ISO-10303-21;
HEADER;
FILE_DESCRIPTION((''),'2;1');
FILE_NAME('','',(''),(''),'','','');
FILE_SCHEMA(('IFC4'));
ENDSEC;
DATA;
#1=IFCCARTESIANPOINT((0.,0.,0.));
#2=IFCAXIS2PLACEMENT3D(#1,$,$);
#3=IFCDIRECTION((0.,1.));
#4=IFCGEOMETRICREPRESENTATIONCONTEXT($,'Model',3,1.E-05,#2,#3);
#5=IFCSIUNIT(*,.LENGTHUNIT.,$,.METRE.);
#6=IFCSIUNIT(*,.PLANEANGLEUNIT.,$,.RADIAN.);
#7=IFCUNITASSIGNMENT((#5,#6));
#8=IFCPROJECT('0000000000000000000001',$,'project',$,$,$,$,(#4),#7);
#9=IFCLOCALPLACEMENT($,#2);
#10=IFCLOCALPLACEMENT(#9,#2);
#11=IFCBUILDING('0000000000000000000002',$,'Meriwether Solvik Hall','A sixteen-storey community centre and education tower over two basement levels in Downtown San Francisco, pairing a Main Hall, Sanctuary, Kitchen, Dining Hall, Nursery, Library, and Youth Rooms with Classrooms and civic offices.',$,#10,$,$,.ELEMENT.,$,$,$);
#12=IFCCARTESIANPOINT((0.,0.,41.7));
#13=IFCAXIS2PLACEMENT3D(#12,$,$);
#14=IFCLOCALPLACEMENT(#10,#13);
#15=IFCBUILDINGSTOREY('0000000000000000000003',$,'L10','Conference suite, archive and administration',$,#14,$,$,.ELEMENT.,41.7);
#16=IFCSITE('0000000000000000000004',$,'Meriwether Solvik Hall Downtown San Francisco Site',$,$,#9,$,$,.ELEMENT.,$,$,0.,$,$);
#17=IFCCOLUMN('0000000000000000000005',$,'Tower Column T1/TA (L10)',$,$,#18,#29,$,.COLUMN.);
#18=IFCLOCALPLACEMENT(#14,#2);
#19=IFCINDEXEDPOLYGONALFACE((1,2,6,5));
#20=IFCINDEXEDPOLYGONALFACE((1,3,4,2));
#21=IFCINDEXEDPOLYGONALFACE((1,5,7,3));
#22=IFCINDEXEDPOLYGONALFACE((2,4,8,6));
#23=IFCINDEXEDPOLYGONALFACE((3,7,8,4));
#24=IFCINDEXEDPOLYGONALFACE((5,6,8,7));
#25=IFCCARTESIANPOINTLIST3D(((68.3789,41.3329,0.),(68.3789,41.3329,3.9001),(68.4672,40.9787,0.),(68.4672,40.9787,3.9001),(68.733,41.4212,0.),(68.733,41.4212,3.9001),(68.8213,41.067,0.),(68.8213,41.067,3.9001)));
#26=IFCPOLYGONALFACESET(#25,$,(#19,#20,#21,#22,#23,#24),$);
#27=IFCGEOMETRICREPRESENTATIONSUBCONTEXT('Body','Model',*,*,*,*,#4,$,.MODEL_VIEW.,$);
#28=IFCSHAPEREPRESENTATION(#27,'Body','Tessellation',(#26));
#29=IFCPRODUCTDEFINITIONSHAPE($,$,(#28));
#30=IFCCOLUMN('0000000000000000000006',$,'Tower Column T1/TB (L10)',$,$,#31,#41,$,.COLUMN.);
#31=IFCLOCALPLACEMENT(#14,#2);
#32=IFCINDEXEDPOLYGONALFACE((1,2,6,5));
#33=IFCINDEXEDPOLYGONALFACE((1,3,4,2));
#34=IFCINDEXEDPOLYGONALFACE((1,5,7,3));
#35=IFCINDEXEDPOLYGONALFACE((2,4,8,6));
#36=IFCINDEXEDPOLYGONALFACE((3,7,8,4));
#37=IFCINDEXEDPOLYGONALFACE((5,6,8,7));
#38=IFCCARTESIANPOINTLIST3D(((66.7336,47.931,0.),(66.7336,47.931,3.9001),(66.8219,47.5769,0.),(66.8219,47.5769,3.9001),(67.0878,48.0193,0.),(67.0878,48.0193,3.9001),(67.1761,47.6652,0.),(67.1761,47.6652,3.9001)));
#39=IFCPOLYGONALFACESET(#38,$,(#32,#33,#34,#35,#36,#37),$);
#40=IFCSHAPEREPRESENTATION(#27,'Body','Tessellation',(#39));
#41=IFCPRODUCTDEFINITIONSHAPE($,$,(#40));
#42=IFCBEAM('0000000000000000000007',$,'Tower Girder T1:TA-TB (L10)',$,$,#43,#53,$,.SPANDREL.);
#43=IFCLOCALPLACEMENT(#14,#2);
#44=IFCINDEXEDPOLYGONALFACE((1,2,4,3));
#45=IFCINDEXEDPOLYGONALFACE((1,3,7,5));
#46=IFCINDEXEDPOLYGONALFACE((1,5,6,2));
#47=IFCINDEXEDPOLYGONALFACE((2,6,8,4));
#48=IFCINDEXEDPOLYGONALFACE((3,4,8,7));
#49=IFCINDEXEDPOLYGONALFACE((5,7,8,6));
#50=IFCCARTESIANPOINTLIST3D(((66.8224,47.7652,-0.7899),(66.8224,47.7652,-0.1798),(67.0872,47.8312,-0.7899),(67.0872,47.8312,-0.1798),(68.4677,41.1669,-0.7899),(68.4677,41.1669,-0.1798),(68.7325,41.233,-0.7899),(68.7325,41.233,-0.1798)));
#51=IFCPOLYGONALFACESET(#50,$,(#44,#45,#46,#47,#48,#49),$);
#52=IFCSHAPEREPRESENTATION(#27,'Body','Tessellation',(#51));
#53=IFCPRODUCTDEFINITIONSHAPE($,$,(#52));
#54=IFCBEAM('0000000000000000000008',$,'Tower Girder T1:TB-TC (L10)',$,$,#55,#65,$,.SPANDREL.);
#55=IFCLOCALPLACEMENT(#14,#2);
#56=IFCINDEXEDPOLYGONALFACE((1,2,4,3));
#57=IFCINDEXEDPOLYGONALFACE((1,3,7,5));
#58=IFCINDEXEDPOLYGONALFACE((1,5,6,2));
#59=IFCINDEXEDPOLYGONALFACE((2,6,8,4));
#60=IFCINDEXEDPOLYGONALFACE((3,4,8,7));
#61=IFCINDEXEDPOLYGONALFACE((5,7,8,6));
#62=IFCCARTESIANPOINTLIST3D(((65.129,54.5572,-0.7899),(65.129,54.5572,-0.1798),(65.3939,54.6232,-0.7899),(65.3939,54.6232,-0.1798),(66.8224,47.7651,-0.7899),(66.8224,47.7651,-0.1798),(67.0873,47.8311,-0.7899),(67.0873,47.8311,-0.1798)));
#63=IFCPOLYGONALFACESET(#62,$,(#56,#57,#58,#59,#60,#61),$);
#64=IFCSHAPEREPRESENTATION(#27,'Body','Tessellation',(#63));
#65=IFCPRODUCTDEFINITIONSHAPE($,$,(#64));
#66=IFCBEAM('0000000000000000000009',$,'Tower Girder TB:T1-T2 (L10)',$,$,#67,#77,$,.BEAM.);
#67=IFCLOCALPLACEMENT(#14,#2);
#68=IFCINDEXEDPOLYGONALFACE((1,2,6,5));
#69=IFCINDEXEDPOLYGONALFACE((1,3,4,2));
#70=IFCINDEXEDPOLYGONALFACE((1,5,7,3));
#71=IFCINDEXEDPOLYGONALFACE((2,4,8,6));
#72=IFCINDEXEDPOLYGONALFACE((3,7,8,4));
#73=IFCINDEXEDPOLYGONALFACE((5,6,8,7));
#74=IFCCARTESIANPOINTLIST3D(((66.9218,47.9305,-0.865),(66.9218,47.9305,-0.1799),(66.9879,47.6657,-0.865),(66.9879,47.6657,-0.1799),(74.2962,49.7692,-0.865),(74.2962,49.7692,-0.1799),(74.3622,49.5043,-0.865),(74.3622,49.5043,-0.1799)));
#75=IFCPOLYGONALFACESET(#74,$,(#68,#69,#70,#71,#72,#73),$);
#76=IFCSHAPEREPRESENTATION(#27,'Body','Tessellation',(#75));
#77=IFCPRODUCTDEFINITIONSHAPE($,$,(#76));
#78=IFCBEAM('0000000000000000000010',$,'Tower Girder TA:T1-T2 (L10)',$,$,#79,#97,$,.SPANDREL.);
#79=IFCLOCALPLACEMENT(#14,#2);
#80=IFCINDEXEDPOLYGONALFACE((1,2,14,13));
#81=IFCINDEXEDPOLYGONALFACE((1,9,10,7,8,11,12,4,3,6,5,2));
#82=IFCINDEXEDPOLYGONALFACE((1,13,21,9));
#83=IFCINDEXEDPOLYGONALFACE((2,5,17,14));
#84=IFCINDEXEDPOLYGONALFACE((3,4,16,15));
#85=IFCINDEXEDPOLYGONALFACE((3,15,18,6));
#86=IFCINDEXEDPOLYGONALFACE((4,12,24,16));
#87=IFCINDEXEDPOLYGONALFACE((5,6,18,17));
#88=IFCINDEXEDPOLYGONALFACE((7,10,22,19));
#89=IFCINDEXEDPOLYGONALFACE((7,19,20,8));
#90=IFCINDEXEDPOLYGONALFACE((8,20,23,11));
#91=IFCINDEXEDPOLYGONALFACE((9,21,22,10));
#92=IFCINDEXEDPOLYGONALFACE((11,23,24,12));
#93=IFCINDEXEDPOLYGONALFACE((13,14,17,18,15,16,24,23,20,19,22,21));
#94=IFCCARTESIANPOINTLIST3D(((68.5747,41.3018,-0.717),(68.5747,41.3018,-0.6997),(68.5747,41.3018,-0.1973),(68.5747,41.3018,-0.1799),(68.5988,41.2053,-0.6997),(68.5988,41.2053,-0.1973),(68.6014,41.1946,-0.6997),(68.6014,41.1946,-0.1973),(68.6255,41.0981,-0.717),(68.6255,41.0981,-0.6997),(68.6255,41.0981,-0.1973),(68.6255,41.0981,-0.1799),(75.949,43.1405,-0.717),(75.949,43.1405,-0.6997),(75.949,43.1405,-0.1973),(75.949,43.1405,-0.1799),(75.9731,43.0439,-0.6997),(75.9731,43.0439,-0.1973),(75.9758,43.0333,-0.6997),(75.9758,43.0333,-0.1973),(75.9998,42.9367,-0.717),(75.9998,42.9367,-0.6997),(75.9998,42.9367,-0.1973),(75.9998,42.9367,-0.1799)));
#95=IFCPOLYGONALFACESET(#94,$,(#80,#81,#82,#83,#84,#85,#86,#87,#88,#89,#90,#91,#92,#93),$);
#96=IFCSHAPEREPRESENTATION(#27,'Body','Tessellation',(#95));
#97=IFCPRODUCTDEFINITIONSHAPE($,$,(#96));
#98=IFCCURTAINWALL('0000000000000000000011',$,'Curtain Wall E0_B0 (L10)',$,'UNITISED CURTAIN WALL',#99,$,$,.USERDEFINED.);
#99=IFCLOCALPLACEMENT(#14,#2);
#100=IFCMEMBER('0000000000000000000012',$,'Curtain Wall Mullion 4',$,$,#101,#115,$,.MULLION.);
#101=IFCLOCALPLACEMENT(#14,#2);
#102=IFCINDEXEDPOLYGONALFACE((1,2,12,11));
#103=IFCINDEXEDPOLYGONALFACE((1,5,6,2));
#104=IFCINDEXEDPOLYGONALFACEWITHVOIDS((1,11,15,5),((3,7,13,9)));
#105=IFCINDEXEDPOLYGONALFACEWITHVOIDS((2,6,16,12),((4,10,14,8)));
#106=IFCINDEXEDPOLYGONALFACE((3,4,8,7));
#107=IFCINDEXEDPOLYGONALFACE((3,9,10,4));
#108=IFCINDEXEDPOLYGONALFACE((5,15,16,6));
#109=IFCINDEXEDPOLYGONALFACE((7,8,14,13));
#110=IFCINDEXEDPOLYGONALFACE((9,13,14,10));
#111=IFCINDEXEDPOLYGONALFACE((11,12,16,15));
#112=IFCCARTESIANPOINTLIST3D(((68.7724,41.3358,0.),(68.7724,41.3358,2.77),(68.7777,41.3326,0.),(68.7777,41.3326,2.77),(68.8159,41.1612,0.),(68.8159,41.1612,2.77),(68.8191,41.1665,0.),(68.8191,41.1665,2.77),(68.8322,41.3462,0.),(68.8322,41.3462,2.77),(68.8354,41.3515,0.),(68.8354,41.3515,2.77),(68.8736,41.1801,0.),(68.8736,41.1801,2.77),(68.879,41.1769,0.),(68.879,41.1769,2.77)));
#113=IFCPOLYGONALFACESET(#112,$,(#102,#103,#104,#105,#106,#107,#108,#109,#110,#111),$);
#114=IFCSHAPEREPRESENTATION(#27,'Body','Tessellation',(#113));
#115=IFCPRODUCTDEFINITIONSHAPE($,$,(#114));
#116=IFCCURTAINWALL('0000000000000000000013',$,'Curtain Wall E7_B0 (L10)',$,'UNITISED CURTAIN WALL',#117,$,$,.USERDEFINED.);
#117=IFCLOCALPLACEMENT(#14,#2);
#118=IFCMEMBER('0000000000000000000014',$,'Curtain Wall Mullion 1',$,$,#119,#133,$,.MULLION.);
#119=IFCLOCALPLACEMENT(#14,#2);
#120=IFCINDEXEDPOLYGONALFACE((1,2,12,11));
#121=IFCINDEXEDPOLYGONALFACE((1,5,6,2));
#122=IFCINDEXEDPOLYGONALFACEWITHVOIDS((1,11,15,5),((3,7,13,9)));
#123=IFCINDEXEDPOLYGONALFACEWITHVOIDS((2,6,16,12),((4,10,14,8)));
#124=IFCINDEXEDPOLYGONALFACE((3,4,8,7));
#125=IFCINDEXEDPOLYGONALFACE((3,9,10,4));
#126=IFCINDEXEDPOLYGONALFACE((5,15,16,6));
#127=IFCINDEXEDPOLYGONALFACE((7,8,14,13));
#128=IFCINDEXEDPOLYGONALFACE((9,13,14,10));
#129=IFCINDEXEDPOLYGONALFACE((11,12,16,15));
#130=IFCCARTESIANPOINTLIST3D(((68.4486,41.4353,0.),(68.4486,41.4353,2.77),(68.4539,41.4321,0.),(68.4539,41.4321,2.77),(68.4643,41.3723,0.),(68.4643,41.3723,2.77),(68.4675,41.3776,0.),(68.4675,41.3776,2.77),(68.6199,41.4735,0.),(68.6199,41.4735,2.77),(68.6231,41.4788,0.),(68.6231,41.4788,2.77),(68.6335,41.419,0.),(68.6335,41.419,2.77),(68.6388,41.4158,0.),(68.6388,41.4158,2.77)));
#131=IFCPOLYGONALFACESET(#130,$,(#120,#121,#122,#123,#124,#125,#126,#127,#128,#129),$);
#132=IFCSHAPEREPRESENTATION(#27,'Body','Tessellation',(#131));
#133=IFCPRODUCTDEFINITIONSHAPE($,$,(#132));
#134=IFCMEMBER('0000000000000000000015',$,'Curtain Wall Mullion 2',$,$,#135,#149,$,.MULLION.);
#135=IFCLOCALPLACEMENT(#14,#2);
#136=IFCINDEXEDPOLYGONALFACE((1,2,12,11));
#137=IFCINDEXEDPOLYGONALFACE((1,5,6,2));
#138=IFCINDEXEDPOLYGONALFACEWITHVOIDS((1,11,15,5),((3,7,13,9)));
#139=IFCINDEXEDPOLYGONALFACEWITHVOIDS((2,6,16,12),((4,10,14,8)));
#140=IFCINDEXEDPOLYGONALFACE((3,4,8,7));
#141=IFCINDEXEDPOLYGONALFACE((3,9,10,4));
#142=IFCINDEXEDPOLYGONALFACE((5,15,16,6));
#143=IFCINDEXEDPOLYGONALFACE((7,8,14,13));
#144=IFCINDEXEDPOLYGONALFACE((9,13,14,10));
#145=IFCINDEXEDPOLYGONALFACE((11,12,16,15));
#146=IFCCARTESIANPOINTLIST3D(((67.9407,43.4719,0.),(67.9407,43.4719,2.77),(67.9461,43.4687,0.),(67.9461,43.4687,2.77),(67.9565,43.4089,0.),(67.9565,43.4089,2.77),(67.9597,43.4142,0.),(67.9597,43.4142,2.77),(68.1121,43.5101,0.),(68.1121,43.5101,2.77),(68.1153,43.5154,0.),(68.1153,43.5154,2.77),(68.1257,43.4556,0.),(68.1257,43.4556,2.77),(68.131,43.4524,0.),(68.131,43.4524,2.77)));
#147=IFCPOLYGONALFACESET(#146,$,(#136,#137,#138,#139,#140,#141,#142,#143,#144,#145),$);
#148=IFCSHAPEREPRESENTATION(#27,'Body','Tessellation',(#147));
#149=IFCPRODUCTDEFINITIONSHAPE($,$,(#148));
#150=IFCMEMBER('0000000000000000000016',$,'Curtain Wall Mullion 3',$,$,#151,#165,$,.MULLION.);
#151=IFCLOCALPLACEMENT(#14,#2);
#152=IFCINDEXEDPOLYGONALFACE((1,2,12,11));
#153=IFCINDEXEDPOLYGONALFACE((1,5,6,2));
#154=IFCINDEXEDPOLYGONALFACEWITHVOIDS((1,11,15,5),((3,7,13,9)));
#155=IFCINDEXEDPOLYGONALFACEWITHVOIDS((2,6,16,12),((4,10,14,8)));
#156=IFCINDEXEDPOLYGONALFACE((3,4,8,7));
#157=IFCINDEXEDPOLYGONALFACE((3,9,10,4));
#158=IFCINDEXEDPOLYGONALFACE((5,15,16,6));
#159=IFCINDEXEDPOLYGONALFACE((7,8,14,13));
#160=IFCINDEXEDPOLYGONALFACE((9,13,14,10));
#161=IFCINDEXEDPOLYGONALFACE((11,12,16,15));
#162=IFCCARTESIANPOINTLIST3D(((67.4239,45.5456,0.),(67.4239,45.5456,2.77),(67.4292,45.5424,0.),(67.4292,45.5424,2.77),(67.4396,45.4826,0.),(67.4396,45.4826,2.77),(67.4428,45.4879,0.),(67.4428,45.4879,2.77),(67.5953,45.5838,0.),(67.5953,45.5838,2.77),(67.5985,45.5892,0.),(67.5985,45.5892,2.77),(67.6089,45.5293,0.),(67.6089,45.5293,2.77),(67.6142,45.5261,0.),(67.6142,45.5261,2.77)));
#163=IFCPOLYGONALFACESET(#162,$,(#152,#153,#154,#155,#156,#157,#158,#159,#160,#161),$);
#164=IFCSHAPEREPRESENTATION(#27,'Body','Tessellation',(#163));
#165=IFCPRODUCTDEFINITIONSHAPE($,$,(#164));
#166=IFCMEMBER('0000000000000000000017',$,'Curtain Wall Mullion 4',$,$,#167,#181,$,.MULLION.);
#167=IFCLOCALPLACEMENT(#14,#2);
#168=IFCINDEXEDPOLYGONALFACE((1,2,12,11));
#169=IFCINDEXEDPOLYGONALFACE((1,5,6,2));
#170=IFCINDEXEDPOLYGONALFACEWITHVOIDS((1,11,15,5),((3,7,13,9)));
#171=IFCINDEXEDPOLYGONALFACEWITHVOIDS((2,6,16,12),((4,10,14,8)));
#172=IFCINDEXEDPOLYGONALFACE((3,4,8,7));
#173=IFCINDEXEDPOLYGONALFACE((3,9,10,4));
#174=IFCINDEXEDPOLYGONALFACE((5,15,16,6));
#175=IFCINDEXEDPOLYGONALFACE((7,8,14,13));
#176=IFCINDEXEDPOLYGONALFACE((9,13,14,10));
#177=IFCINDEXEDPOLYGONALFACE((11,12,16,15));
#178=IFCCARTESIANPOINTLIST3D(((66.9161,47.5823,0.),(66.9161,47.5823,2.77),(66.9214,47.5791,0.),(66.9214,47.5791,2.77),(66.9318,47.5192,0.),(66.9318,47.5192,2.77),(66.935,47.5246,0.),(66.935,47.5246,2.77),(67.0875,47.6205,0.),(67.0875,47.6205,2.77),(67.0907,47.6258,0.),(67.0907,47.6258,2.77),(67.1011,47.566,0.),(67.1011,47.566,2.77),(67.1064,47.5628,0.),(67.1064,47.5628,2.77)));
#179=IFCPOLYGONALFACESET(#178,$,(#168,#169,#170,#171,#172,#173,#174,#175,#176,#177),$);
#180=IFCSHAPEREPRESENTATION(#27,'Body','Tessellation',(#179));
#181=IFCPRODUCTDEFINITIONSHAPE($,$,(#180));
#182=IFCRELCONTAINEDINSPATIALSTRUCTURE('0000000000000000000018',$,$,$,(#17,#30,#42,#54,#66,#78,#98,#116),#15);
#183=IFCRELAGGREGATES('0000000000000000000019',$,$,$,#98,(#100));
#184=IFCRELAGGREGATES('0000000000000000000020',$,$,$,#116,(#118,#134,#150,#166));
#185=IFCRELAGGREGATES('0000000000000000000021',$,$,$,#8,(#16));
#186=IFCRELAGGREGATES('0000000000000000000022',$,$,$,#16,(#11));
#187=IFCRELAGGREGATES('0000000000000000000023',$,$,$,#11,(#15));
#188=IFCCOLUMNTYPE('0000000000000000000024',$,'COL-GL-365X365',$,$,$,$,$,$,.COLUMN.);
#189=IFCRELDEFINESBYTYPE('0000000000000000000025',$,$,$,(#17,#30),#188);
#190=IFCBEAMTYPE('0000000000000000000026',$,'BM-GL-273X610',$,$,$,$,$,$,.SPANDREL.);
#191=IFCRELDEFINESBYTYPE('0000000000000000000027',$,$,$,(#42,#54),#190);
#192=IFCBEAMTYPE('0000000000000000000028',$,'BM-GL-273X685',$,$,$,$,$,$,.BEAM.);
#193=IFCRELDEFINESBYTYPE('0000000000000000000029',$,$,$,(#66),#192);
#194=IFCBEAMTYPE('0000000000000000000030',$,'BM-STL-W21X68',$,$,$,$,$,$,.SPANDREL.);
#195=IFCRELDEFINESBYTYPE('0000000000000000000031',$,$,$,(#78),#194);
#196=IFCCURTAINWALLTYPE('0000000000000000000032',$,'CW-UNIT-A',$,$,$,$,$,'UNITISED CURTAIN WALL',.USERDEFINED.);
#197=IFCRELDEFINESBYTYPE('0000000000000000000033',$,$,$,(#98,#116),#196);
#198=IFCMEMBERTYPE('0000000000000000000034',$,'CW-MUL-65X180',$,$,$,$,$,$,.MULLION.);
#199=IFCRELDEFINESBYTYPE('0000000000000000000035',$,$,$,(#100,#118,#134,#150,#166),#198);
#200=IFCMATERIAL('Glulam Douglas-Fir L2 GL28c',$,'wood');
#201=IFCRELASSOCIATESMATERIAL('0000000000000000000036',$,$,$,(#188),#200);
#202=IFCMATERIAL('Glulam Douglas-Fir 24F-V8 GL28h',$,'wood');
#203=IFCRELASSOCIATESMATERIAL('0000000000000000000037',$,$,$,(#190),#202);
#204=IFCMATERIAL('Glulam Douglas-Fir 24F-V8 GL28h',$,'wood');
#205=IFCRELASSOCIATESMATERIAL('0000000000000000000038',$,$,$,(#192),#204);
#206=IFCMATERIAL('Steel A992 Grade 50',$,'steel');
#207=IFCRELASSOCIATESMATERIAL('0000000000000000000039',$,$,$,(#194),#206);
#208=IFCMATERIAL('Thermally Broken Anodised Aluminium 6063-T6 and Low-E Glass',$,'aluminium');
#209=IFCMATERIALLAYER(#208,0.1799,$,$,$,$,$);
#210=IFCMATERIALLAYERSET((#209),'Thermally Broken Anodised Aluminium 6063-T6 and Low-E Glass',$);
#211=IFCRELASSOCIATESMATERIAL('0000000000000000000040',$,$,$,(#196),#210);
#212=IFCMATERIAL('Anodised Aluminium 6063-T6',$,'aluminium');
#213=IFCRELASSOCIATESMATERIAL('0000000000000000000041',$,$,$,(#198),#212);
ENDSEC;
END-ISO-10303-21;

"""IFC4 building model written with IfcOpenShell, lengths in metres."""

from ifc_helpers import new_model, si_unit, direction, frame, origin, origin_2d, place, context, subcontext, project, spatial, rectangle, hollow_rectangle, i_section, extrude, material, layer, layer_set, material_profile, profile_set, type_object, element, aggregate, save


model = new_model("IFC4")

# Units and contexts
model_context = context("Model", 3, precision=1e-05, world=origin(), true_north=direction((0.0, 1.0)))
body_context = subcontext(model_context, "Body", "Model", "MODEL_VIEW")
ifc_project = project(units=[si_unit("LENGTHUNIT", "METRE"), si_unit("PLANEANGLEUNIT", "RADIAN")], contexts=[model_context])

# Site, building, storey
site_placement = place(None, origin())
site = spatial("IfcSite", under=ifc_project, at=site_placement, Name="Meriwether Solvik Hall Downtown San Francisco Site", CompositionType="ELEMENT", RefElevation=0.0)
building_placement = place(site_placement, origin())
building = spatial("IfcBuilding", under=site, at=building_placement, Name="Meriwether Solvik Hall", Description="A sixteen-storey community centre and education tower over two basement levels in Downtown San Francisco, pairing a Main Hall, Sanctuary, Kitchen, Dining Hall, Nursery, Library, and Youth Rooms with Classrooms and civic offices.", CompositionType="ELEMENT")
storey_placement = place(building_placement, frame((0.0, 0.0, 41.7)))
storey = spatial("IfcBuildingStorey", under=building, at=storey_placement, Name="L10", Description="Conference suite, archive and administration", CompositionType="ELEMENT", Elevation=41.7)

# Columns
ifc_material_1 = material(Name="Glulam Douglas-Fir L2 GL28c", Category="wood")
ifc_material_profile_1 = material_profile(ifc_material_1, rectangle(XDim=0.365, YDim=0.365, at=origin_2d()), Name="GLC-365X365")
ifc_profile_set_1 = profile_set([ifc_material_profile_1], Name="Glulam Douglas-Fir L2 GL28c")
column_type = type_object("IfcColumnType", Name="COL-GL-365X365", PredefinedType="COLUMN", material=ifc_profile_set_1)
for number, where, z_axis, x_axis, name in (
    (1, (68.6001, 41.2, 0.0), (0.0, 0.0, 1.0), (0.970296, 0.241922, 0.0), "Tower Column T1/TA (L10)"),
    (2, (66.9548, 47.7981, 0.0), (0.0, 0.0, 1.0), (0.970296, 0.241922, 0.0), "Tower Column T1/TB (L10)"),
):
    element("IfcColumn", number, at=place(storey_placement, frame(where, z_axis=z_axis, x_axis=x_axis)), inside=storey, type_object=column_type, Name=name, PredefinedType="COLUMN", context=body_context, shape_type="SweptSolid", body=[
        extrude(rectangle(XDim=0.365, YDim=0.365, at=origin_2d()), origin(), (0.0, 0.0, 1.0), 3.9001),
    ])

# Beams
ifc_material_2 = material(Name="Glulam Douglas-Fir 24F-V8 GL28h", Category="wood")
ifc_material_profile_2 = material_profile(ifc_material_2, rectangle(XDim=0.2729, YDim=0.6101, at=origin_2d()), Name="GLB-273X610")
ifc_profile_set_2 = profile_set([ifc_material_profile_2], Name="Glulam Douglas-Fir 24F-V8 GL28h")
beam_type_1 = type_object("IfcBeamType", Name="BM-GL-273X610", PredefinedType="SPANDREL", material=ifc_profile_set_2)
beam_1_placement = place(storey_placement, frame((68.6001, 41.2, -0.4849), z_axis=(-0.241944, 0.97029, 0.0), x_axis=(-0.97029, -0.241944, 0.0)))
element("IfcBeam", 3, at=beam_1_placement, inside=storey, type_object=beam_type_1, Name="Tower Girder T1:TA-TB (L10)", PredefinedType="SPANDREL", context=body_context, shape_type="SweptSolid", body=[
    extrude(rectangle(XDim=0.2729, YDim=0.6101, at=origin_2d()), origin(), (0.0, 0.0, 1.0), 6.8003),
])
beam_2_placement = place(storey_placement, frame((66.9548, 47.7981, -0.4849), z_axis=(-0.241912, 0.970298, 0.0), x_axis=(-0.970298, -0.241912, 0.0)))
element("IfcBeam", 4, at=beam_2_placement, inside=storey, type_object=beam_type_1, Name="Tower Girder T1:TB-TC (L10)", PredefinedType="SPANDREL", context=body_context, shape_type="SweptSolid", body=[
    extrude(rectangle(XDim=0.2729, YDim=0.6101, at=origin_2d()), origin(), (0.0, 0.0, 1.0), 7.0),
])
ifc_material_3 = material(Name="Glulam Douglas-Fir 24F-V8 GL28h", Category="wood")
ifc_material_profile_3 = material_profile(ifc_material_3, rectangle(XDim=0.2729, YDim=0.6851, at=origin_2d()), Name="GLB-273X685")
ifc_profile_set_3 = profile_set([ifc_material_profile_3], Name="Glulam Douglas-Fir 24F-V8 GL28h")
beam_type_2 = type_object("IfcBeamType", Name="BM-GL-273X685", PredefinedType="BEAM", material=ifc_profile_set_3)
beam_3_placement = place(storey_placement, frame((66.9548, 47.7981, -0.5225), z_axis=(0.970295, 0.241923, 0.0), x_axis=(-0.241923, 0.970295, 0.0)))
element("IfcBeam", 5, at=beam_3_placement, inside=storey, type_object=beam_type_2, Name="Tower Girder TB:T1-T2 (L10)", PredefinedType="BEAM", context=body_context, shape_type="SweptSolid", body=[
    extrude(rectangle(XDim=0.2729, YDim=0.6851, at=origin_2d()), origin(), (0.0, 0.0, 1.0), 7.6001),
])
ifc_material_4 = material(Name="Steel A992 Grade 50", Category="steel")
ifc_material_profile_4 = material_profile(ifc_material_4, i_section(OverallWidth=0.21, OverallDepth=0.5371, WebThickness=0.011, FlangeThickness=0.0173, at=origin_2d()), Name="W21X68")
ifc_profile_set_4 = profile_set([ifc_material_profile_4], Name="Steel A992 Grade 50")
beam_type_3 = type_object("IfcBeamType", Name="BM-STL-W21X68", PredefinedType="SPANDREL", material=ifc_profile_set_4)
beam_4_placement = place(storey_placement, frame((68.6001, 41.2, -0.4485), z_axis=(0.970295, 0.241923, 0.0), x_axis=(-0.241923, 0.970295, 0.0)))
element("IfcBeam", 6, at=beam_4_placement, inside=storey, type_object=beam_type_3, Name="Tower Girder TA:T1-T2 (L10)", PredefinedType="SPANDREL", context=body_context, shape_type="SweptSolid", body=[
    extrude(i_section(OverallWidth=0.21, OverallDepth=0.5371, WebThickness=0.011, FlangeThickness=0.0173, at=origin_2d()), origin(), (0.0, 0.0, 1.0), 7.6001),
])

# Curtain wall, member
ifc_material_5 = material(Name="Thermally Broken Anodised Aluminium 6063-T6 and Low-E Glass", Category="aluminium")
ifc_layer_1 = layer(ifc_material_5, 0.1799)
ifc_layer_set_1 = layer_set([ifc_layer_1], Name="Thermally Broken Anodised Aluminium 6063-T6 and Low-E Glass")
curtain_wall_type_1 = type_object("IfcCurtainWallType", Name="CW-UNIT-A", ElementType="UNITISED CURTAIN WALL", PredefinedType="USERDEFINED", material=ifc_layer_set_1)
curtain_wall_1_placement = place(storey_placement, origin())
curtain_wall_1 = element("IfcCurtainWall", 7, at=curtain_wall_1_placement, inside=storey, type_object=curtain_wall_type_1, Name="Curtain Wall E0_B0 (L10)", ObjectType="UNITISED CURTAIN WALL", PredefinedType="USERDEFINED")
ifc_material_6 = material(Name="Anodised Aluminium 6063-T6", Category="aluminium")
ifc_material_profile_5 = material_profile(ifc_material_6, hollow_rectangle(XDim=0.0649, YDim=0.1799, WallThickness=0.0044, at=origin_2d()), Name="CWM-65X180")
ifc_profile_set_5 = profile_set([ifc_material_profile_5], Name="Anodised Aluminium 6063-T6")
member_type_1 = type_object("IfcMemberType", Name="CW-MUL-65X180", PredefinedType="MULLION", material=ifc_profile_set_5)
member_1_placement = place(storey_placement, frame((68.8257, 41.2563, 0.0), z_axis=(0.0, 0.0, 1.0), x_axis=(-0.970296, -0.241922, 0.0)))
member_1 = element("IfcMember", 8, at=member_1_placement, type_object=member_type_1, Name="Curtain Wall Mullion 4", PredefinedType="MULLION", context=body_context, shape_type="SweptSolid", body=[
    extrude(hollow_rectangle(XDim=0.0649, YDim=0.1799, WallThickness=0.0044, at=origin_2d()), origin(), (0.0, 0.0, 1.0), 2.77),
])

# Curtain wall, members
curtain_wall_2_placement = place(storey_placement, origin())
curtain_wall_2 = element("IfcCurtainWall", 9, at=curtain_wall_2_placement, inside=storey, type_object=curtain_wall_type_1, Name="Curtain Wall E7_B0 (L10)", ObjectType="UNITISED CURTAIN WALL", PredefinedType="USERDEFINED")
member_2_placement = place(storey_placement, frame((68.5437, 41.4255, 0.0), z_axis=(0.0, 0.0, 1.0), x_axis=(-0.241922, 0.970296, 0.0)))
member_2 = element("IfcMember", 10, at=member_2_placement, type_object=member_type_1, Name="Curtain Wall Mullion 1", PredefinedType="MULLION", context=body_context, shape_type="SweptSolid", body=[
    extrude(hollow_rectangle(XDim=0.0649, YDim=0.1799, WallThickness=0.0044, at=origin_2d()), origin(), (0.0, 0.0, 1.0), 2.77),
])
member_3_placement = place(storey_placement, frame((68.0359, 43.4622, 0.0), z_axis=(0.0, 0.0, 1.0), x_axis=(-0.241922, 0.970296, 0.0)))
member_3 = element("IfcMember", 11, at=member_3_placement, type_object=member_type_1, Name="Curtain Wall Mullion 2", PredefinedType="MULLION", context=body_context, shape_type="SweptSolid", body=[
    extrude(hollow_rectangle(XDim=0.0649, YDim=0.1799, WallThickness=0.0044, at=origin_2d()), origin(), (0.0, 0.0, 1.0), 2.77),
])
member_4_placement = place(storey_placement, frame((67.519, 45.5359, 0.0), z_axis=(0.0, 0.0, 1.0), x_axis=(-0.241922, 0.970296, 0.0)))
member_4 = element("IfcMember", 12, at=member_4_placement, type_object=member_type_1, Name="Curtain Wall Mullion 3", PredefinedType="MULLION", context=body_context, shape_type="SweptSolid", body=[
    extrude(hollow_rectangle(XDim=0.0649, YDim=0.1799, WallThickness=0.0044, at=origin_2d()), origin(), (0.0, 0.0, 1.0), 2.77),
])
member_5_placement = place(storey_placement, frame((67.0112, 47.5725, 0.0), z_axis=(0.0, 0.0, 1.0), x_axis=(-0.241922, 0.970296, 0.0)))
member_5 = element("IfcMember", 13, at=member_5_placement, type_object=member_type_1, Name="Curtain Wall Mullion 4", PredefinedType="MULLION", context=body_context, shape_type="SweptSolid", body=[
    extrude(hollow_rectangle(XDim=0.0649, YDim=0.1799, WallThickness=0.0044, at=origin_2d()), origin(), (0.0, 0.0, 1.0), 2.77),
])

aggregate(curtain_wall_1, [member_1])
aggregate(curtain_wall_2, [member_2, member_3, member_4, member_5])

save(model, "model.ifc")
